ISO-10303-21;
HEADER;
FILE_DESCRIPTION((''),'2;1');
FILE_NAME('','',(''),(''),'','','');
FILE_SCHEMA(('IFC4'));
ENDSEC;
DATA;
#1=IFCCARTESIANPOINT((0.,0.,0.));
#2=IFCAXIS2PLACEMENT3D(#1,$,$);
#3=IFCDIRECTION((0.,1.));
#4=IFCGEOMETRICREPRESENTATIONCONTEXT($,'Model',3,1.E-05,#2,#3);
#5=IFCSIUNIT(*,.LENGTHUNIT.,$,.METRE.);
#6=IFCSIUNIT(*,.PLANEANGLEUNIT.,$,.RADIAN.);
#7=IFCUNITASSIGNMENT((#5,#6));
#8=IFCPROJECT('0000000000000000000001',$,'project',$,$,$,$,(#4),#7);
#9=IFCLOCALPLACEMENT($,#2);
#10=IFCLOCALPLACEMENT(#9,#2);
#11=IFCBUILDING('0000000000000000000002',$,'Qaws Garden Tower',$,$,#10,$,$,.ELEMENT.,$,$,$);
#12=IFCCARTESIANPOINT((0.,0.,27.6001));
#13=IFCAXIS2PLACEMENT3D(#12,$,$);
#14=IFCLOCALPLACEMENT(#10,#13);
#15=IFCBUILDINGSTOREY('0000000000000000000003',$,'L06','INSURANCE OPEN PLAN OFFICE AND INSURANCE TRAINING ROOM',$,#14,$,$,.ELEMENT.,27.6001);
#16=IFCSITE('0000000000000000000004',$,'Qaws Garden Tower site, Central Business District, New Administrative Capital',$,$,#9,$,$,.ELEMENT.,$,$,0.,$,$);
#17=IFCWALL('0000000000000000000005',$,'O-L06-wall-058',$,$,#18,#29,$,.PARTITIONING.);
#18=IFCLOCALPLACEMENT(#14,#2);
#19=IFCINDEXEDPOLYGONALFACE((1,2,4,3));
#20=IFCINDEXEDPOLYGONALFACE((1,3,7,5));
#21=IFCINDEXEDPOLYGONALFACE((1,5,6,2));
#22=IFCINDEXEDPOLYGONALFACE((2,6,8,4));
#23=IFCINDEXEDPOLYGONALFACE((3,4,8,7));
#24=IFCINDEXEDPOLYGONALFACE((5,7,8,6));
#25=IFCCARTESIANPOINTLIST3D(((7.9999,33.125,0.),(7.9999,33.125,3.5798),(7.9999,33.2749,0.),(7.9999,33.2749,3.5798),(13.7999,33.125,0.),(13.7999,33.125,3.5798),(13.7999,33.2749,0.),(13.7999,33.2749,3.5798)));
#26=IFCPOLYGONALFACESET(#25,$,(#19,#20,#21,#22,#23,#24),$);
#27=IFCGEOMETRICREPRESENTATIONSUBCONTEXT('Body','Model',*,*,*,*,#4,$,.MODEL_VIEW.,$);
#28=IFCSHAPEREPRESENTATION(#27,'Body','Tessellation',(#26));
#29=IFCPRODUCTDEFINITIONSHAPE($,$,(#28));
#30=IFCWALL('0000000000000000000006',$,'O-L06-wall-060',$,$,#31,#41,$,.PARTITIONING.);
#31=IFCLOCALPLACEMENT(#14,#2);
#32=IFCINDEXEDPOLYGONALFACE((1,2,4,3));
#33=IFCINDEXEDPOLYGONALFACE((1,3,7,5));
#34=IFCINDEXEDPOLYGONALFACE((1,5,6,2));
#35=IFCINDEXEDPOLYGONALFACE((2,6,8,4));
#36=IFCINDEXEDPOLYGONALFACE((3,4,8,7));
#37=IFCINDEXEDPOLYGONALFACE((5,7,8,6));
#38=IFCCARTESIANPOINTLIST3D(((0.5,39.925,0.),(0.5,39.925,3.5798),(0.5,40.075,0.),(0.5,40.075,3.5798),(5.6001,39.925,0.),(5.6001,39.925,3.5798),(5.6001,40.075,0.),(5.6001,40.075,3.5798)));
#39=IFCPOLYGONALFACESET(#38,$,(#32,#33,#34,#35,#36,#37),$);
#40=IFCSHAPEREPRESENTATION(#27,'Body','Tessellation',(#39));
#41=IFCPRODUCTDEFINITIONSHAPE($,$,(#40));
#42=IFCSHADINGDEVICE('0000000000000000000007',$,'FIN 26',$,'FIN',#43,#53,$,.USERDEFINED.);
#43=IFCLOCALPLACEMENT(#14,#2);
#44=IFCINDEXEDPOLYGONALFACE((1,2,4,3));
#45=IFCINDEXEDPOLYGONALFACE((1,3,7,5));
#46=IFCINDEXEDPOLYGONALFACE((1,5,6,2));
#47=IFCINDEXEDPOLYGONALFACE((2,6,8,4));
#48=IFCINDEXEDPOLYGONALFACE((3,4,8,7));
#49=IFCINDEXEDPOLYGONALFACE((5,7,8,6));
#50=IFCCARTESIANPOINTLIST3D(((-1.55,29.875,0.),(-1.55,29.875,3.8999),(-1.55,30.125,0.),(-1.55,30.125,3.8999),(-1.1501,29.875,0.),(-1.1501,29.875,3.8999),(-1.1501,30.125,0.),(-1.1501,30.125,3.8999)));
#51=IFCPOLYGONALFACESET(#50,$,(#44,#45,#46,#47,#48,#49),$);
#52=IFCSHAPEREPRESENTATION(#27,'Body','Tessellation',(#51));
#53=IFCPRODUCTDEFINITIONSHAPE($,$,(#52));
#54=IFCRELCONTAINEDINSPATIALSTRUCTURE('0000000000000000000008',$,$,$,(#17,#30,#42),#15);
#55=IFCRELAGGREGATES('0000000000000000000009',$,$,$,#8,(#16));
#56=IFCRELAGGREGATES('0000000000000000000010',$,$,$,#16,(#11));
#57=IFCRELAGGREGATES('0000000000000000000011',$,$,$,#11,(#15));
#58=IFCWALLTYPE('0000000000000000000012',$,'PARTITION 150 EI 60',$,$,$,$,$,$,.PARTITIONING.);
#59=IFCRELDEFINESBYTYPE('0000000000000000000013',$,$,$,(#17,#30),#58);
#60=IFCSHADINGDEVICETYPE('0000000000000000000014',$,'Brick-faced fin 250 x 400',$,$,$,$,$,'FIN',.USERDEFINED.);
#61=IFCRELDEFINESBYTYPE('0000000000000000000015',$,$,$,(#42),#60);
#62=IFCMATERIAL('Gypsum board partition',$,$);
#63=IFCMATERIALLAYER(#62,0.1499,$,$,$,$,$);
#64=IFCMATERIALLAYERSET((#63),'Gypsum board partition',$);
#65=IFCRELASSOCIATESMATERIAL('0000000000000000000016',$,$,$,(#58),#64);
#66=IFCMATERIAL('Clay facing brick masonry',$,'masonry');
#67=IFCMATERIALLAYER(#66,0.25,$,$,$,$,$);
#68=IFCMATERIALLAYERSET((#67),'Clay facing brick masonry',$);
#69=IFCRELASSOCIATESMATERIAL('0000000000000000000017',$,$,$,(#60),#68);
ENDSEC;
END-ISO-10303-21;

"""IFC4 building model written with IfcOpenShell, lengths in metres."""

from ifc_helpers import new_model, si_unit, direction, frame, frame_2d, origin, origin_2d, place, context, subcontext, project, spatial, rectangle, extrude, material, layer, layer_set, type_object, element, save


model = new_model("IFC4")

# Units and contexts
model_context = context("Model", 3, precision=1e-05, world=origin(), true_north=direction((0.0, 1.0)))
body_context = subcontext(model_context, "Body", "Model", "MODEL_VIEW")
ifc_project = project(units=[si_unit("LENGTHUNIT", "METRE"), si_unit("PLANEANGLEUNIT", "RADIAN")], contexts=[model_context])

# Site, building, storey
site_placement = place(None, origin())
site = spatial("IfcSite", under=ifc_project, at=site_placement, Name="Qaws Garden Tower site, Central Business District, New Administrative Capital", CompositionType="ELEMENT", RefElevation=0.0)
building_placement = place(site_placement, origin())
building = spatial("IfcBuilding", under=site, at=building_placement, Name="Qaws Garden Tower", CompositionType="ELEMENT")
storey_placement = place(building_placement, frame((0.0, 0.0, 27.6001)))
storey = spatial("IfcBuildingStorey", under=building, at=storey_placement, Name="L06", Description="INSURANCE OPEN PLAN OFFICE AND INSURANCE TRAINING ROOM", CompositionType="ELEMENT", Elevation=27.6001)

# Shared definitions
ifc_material_1 = material(Name="Gypsum board partition")
ifc_layer_1 = layer(ifc_material_1, 0.1499)
ifc_layer_set_1 = layer_set([ifc_layer_1], Name="Gypsum board partition")
wall_type_1 = type_object("IfcWallType", Name="PARTITION 150 EI 60", PredefinedType="PARTITIONING", material=ifc_layer_set_1)

# Walls
wall_1_placement = place(storey_placement, frame((8.0, 33.2, 0.0), z_axis=(0.0, 0.0, 1.0), x_axis=(1.0, 0.0, 0.0)))
element("IfcWall", 1, at=wall_1_placement, inside=storey, type_object=wall_type_1, Name="O-L06-wall-058", PredefinedType="PARTITIONING", context=body_context, shape_type="SweptSolid", body=[
    extrude(rectangle(XDim=5.8, YDim=0.1499, at=frame_2d((2.8999, 0.0))), origin(), (0.0, 0.0, 1.0), 3.5798),
])
wall_2_placement = place(storey_placement, frame((0.5, 40.0, 0.0), z_axis=(0.0, 0.0, 1.0), x_axis=(1.0, 0.0, 0.0)))
element("IfcWall", 2, at=wall_2_placement, inside=storey, type_object=wall_type_1, Name="O-L06-wall-060", PredefinedType="PARTITIONING", context=body_context, shape_type="SweptSolid", body=[
    extrude(rectangle(XDim=5.1001, YDim=0.1499, at=frame_2d((2.55, 0.0))), origin(), (0.0, 0.0, 1.0), 3.5798),
])

# Shading device
ifc_material_2 = material(Name="Clay facing brick masonry", Category="masonry")
ifc_layer_2 = layer(ifc_material_2, 0.25)
ifc_layer_set_2 = layer_set([ifc_layer_2], Name="Clay facing brick masonry")
shading_device_type = type_object("IfcShadingDeviceType", Name="Brick-faced fin 250 x 400", ElementType="FIN", PredefinedType="USERDEFINED", material=ifc_layer_set_2)
shading_device_placement = place(storey_placement, frame((-1.3501, 30.0, 0.0), z_axis=(0.0, 0.0, 1.0), x_axis=(0.0, -1.0, 0.0)))
element("IfcShadingDevice", 3, at=shading_device_placement, inside=storey, type_object=shading_device_type, Name="FIN 26", ObjectType="FIN", PredefinedType="USERDEFINED", context=body_context, shape_type="SweptSolid", body=[
    extrude(rectangle(XDim=0.25, YDim=0.3999, at=origin_2d()), origin(), (0.0, 0.0, 1.0), 3.8999),
])

save(model, "model.ifc")
